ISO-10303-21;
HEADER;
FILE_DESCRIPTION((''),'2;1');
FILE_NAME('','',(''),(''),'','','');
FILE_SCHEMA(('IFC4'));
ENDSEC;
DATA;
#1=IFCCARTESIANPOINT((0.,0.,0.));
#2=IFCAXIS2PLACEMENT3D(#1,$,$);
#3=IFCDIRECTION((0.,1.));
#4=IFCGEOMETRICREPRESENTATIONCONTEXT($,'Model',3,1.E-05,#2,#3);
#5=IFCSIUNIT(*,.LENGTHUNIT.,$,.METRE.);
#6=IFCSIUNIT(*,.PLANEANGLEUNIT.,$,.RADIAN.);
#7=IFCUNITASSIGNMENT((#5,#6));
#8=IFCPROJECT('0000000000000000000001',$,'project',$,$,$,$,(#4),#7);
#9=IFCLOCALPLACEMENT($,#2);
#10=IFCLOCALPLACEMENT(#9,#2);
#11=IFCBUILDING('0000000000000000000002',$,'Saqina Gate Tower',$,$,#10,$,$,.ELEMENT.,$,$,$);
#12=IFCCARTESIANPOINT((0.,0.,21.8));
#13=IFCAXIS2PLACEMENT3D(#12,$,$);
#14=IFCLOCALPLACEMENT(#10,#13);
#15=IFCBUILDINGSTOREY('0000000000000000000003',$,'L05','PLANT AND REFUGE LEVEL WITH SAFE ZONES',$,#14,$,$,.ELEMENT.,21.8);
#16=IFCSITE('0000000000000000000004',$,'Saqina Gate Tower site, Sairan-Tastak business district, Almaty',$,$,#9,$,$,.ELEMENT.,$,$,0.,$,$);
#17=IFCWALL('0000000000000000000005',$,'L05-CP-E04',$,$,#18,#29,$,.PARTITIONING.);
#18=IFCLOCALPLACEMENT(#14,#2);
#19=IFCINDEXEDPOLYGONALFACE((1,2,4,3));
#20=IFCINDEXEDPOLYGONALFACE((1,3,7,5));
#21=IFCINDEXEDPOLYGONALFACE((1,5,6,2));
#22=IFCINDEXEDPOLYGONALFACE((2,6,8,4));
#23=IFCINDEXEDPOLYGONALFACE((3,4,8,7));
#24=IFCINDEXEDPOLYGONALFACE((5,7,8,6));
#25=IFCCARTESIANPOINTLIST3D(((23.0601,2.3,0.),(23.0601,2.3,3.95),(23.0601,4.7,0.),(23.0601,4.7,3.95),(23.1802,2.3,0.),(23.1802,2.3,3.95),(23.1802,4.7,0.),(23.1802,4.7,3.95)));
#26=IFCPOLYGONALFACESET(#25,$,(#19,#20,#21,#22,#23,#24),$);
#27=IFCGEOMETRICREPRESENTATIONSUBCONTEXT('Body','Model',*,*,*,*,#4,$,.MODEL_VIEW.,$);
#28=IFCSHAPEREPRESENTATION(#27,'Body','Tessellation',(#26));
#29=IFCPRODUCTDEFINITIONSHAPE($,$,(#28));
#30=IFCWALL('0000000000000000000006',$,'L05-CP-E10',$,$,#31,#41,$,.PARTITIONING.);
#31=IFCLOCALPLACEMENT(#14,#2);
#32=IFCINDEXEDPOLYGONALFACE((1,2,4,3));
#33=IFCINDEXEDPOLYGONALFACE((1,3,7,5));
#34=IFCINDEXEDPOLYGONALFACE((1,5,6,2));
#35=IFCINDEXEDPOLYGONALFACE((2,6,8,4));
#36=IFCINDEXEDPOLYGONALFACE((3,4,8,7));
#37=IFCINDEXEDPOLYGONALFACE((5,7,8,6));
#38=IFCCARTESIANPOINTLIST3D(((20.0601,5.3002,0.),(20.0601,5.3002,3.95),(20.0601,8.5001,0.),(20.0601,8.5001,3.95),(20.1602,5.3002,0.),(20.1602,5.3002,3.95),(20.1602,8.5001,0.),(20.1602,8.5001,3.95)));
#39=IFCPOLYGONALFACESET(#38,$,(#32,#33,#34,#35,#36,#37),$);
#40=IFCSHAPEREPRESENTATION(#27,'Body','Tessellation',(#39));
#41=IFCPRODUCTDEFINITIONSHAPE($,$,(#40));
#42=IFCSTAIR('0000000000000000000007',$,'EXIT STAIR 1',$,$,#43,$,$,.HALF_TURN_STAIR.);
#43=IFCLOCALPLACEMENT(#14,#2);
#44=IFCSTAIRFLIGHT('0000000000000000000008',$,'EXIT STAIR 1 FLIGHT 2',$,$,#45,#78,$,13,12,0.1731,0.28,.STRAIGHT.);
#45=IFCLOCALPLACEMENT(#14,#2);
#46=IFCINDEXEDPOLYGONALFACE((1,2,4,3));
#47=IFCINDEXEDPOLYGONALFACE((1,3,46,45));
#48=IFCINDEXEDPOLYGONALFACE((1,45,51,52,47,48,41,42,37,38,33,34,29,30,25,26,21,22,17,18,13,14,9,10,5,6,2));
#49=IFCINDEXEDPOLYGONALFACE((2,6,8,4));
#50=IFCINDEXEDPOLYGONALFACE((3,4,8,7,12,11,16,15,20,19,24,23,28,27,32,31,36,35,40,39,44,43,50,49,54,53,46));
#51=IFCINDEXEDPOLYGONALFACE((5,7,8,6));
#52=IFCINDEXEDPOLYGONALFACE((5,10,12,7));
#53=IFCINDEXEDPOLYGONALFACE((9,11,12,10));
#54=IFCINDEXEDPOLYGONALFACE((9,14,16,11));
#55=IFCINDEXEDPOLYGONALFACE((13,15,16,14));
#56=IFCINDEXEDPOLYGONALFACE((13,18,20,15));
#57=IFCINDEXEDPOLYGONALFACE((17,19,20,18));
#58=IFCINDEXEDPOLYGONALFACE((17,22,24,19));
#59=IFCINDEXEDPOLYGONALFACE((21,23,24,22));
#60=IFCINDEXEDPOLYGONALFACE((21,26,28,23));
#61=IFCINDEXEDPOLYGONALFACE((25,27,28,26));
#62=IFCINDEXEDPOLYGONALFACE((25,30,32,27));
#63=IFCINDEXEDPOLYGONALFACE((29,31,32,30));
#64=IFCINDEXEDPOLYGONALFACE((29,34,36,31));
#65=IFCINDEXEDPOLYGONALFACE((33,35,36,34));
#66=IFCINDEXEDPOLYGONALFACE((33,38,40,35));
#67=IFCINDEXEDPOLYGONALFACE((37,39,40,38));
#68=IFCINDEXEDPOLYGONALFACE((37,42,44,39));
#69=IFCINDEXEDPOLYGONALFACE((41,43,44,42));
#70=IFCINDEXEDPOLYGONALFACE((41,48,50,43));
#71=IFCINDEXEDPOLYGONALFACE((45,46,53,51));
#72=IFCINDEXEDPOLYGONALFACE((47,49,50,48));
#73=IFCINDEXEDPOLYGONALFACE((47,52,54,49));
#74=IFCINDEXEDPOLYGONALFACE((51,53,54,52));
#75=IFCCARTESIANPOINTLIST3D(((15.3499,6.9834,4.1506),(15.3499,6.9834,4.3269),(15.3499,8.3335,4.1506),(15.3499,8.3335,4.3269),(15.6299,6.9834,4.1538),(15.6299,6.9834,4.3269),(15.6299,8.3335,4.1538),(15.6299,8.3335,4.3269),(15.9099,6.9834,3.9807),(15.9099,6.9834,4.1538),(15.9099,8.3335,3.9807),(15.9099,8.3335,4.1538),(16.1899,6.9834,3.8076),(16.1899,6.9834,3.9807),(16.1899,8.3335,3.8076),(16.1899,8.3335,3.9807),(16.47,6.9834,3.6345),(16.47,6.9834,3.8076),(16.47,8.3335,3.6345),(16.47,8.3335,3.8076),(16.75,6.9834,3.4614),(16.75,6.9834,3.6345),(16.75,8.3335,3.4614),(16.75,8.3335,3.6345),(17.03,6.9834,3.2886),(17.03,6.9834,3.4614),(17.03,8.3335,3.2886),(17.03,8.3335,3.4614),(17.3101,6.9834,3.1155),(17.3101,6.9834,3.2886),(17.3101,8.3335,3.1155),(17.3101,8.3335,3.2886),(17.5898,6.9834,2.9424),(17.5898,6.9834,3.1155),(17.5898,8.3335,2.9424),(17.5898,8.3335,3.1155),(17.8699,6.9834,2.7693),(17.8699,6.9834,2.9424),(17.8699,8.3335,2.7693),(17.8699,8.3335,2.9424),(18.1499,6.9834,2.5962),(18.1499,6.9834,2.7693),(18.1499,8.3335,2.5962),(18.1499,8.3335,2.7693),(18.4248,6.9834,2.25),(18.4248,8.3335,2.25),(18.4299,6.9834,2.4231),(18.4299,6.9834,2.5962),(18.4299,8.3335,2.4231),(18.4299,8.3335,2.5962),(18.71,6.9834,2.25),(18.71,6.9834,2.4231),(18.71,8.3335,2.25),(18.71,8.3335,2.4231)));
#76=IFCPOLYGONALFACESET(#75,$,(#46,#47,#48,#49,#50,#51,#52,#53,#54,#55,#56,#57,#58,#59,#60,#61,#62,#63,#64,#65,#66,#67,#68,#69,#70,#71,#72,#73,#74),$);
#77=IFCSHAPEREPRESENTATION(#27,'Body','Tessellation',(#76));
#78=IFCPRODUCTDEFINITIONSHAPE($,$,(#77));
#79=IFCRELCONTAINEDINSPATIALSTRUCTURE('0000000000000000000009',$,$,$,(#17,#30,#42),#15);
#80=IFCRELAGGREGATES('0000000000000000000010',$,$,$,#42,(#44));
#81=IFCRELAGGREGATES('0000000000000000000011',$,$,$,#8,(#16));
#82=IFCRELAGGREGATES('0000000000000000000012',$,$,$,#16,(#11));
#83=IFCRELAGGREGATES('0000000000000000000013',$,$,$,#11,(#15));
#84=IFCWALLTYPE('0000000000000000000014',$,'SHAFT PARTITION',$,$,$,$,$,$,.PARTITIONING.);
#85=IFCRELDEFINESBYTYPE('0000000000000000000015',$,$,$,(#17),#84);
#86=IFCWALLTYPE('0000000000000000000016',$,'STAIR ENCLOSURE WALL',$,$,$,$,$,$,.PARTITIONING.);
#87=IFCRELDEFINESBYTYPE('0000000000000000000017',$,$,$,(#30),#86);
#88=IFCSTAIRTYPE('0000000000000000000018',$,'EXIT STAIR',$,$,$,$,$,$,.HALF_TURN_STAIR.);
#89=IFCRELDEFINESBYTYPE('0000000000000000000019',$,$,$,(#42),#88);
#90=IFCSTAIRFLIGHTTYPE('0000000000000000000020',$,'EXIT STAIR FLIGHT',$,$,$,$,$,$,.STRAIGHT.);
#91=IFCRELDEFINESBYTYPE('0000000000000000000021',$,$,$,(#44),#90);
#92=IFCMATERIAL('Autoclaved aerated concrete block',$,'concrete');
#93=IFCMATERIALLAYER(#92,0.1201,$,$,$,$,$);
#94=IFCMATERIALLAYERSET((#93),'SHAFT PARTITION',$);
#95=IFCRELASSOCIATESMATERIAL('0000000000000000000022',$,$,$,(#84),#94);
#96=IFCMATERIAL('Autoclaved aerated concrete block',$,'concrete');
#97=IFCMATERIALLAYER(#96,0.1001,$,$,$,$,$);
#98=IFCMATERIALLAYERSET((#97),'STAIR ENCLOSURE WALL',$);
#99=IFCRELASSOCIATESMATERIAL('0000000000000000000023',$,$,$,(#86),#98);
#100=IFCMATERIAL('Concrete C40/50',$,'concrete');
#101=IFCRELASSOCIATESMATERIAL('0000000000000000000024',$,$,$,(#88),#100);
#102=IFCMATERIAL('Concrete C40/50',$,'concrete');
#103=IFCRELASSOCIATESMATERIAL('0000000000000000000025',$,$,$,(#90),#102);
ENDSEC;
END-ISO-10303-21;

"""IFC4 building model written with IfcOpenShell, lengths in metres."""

from ifc_helpers import new_model, si_unit, direction, frame, frame_2d, origin, place, context, subcontext, project, spatial, polyline, rectangle, outline, extrude, material, layer, layer_set, type_object, element, aggregate, save


model = new_model("IFC4")

# Units and contexts
model_context = context("Model", 3, precision=1e-05, world=origin(), true_north=direction((0.0, 1.0)))
body_context = subcontext(model_context, "Body", "Model", "MODEL_VIEW")
ifc_project = project(units=[si_unit("LENGTHUNIT", "METRE"), si_unit("PLANEANGLEUNIT", "RADIAN")], contexts=[model_context])

# Site, building, storey
site_placement = place(None, origin())
site = spatial("IfcSite", under=ifc_project, at=site_placement, Name="Saqina Gate Tower site, Sairan-Tastak business district, Almaty", CompositionType="ELEMENT", RefElevation=0.0)
building_placement = place(site_placement, origin())
building = spatial("IfcBuilding", under=site, at=building_placement, Name="Saqina Gate Tower", CompositionType="ELEMENT")
storey_placement = place(building_placement, frame((0.0, 0.0, 21.8)))
storey = spatial("IfcBuildingStorey", under=building, at=storey_placement, Name="L05", Description="PLANT AND REFUGE LEVEL WITH SAFE ZONES", CompositionType="ELEMENT", Elevation=21.8)

# Walls
ifc_material_1 = material(Name="Autoclaved aerated concrete block", Category="concrete")
ifc_layer_1 = layer(ifc_material_1, 0.1201)
ifc_layer_set_1 = layer_set([ifc_layer_1], Name="SHAFT PARTITION")
wall_type_1 = type_object("IfcWallType", Name="SHAFT PARTITION", PredefinedType="PARTITIONING", material=ifc_layer_set_1)
for number, where, z_axis, x_axis, name in (
    (1, (23.1201, 2.3, 0.0), (0.0, 0.0, 1.0), (0.0, 1.0, 0.0), "L05-CP-E04"),
):
    element("IfcWall", number, at=place(storey_placement, frame(where, z_axis=z_axis, x_axis=x_axis)), inside=storey, type_object=wall_type_1, Name=name, PredefinedType="PARTITIONING", context=body_context, shape_type="SweptSolid", body=[
        extrude(rectangle(XDim=2.3999, YDim=0.1201, at=frame_2d((1.2, 0.0))), origin(), (0.0, 0.0, 1.0), 3.95),
    ])
ifc_material_2 = material(Name="Autoclaved aerated concrete block", Category="concrete")
ifc_layer_2 = layer(ifc_material_2, 0.1001)
ifc_layer_set_2 = layer_set([ifc_layer_2], Name="STAIR ENCLOSURE WALL")
wall_type_2 = type_object("IfcWallType", Name="STAIR ENCLOSURE WALL", PredefinedType="PARTITIONING", material=ifc_layer_set_2)
wall_1_placement = place(storey_placement, frame((20.1101, 5.3, 0.0), z_axis=(0.0, 0.0, 1.0), x_axis=(0.0, 1.0, 0.0)))
element("IfcWall", 2, at=wall_1_placement, inside=storey, type_object=wall_type_2, Name="L05-CP-E10", PredefinedType="PARTITIONING", context=body_context, shape_type="SweptSolid", body=[
    extrude(rectangle(XDim=3.2, YDim=0.1001, at=frame_2d((1.6001, 0.0))), origin(), (0.0, 0.0, 1.0), 3.95),
])

# Stair, stair flight
ifc_material_3 = material(Name="Concrete C40/50", Category="concrete")
stair_type = type_object("IfcStairType", Name="EXIT STAIR", PredefinedType="HALF_TURN_STAIR", material=ifc_material_3)
stair_placement = place(storey_placement, origin())
stair = element("IfcStair", 3, at=stair_placement, inside=storey, type_object=stair_type, Name="EXIT STAIR 1", PredefinedType="HALF_TURN_STAIR")
ifc_material_4 = material(Name="Concrete C40/50", Category="concrete")
stair_flight_type = type_object("IfcStairFlightType", Name="EXIT STAIR FLIGHT", PredefinedType="STRAIGHT", material=ifc_material_4)
stair_flight_placement = place(storey_placement, frame((18.71, 7.6584, 2.25), z_axis=(0.0, 0.0, 1.0), x_axis=(-1.0, 0.0, 0.0)))
stair_flight = element("IfcStairFlight", 4, at=stair_flight_placement, type_object=stair_flight_type, Name="EXIT STAIR 1 FLIGHT 2", NumberOfRisers=13, NumberOfTreads=12, PredefinedType="STRAIGHT", RiserHeight=0.1731, TreadLength=0.28, context=body_context, shape_type="SweptSolid", body=[
    extrude(outline(polyline([(0.0, 0.0), (0.0, 0.1731), (0.28, 0.1731), (0.28, 0.3462), (0.5601, 0.3462), (0.5601, 0.5193), (0.8401, 0.5193), (0.8401, 0.6924), (1.1201, 0.6924), (1.1201, 0.8655), (1.3999, 0.8655), (1.3999, 1.0386), (1.6799, 1.0386), (1.6799, 1.2114), (1.96, 1.2114), (1.96, 1.3845), (2.24, 1.3845), (2.24, 1.5576), (2.52, 1.5576), (2.52, 1.7307), (2.8, 1.7307), (2.8, 1.9038), (3.0801, 1.9038), (3.0801, 2.0769), (3.3601, 2.0769), (3.3601, 2.25), (3.3601, 1.9006), (0.2852, 0.0), (0.0, 0.0)])), frame((0.0, 0.675, 0.0), z_axis=(0.0, -1.0, 0.0), x_axis=(1.0, 0.0, 0.0)), (0.0, 0.0, 1.0), 1.3501),
])
aggregate(stair, [stair_flight])

save(model, "model.ifc")
